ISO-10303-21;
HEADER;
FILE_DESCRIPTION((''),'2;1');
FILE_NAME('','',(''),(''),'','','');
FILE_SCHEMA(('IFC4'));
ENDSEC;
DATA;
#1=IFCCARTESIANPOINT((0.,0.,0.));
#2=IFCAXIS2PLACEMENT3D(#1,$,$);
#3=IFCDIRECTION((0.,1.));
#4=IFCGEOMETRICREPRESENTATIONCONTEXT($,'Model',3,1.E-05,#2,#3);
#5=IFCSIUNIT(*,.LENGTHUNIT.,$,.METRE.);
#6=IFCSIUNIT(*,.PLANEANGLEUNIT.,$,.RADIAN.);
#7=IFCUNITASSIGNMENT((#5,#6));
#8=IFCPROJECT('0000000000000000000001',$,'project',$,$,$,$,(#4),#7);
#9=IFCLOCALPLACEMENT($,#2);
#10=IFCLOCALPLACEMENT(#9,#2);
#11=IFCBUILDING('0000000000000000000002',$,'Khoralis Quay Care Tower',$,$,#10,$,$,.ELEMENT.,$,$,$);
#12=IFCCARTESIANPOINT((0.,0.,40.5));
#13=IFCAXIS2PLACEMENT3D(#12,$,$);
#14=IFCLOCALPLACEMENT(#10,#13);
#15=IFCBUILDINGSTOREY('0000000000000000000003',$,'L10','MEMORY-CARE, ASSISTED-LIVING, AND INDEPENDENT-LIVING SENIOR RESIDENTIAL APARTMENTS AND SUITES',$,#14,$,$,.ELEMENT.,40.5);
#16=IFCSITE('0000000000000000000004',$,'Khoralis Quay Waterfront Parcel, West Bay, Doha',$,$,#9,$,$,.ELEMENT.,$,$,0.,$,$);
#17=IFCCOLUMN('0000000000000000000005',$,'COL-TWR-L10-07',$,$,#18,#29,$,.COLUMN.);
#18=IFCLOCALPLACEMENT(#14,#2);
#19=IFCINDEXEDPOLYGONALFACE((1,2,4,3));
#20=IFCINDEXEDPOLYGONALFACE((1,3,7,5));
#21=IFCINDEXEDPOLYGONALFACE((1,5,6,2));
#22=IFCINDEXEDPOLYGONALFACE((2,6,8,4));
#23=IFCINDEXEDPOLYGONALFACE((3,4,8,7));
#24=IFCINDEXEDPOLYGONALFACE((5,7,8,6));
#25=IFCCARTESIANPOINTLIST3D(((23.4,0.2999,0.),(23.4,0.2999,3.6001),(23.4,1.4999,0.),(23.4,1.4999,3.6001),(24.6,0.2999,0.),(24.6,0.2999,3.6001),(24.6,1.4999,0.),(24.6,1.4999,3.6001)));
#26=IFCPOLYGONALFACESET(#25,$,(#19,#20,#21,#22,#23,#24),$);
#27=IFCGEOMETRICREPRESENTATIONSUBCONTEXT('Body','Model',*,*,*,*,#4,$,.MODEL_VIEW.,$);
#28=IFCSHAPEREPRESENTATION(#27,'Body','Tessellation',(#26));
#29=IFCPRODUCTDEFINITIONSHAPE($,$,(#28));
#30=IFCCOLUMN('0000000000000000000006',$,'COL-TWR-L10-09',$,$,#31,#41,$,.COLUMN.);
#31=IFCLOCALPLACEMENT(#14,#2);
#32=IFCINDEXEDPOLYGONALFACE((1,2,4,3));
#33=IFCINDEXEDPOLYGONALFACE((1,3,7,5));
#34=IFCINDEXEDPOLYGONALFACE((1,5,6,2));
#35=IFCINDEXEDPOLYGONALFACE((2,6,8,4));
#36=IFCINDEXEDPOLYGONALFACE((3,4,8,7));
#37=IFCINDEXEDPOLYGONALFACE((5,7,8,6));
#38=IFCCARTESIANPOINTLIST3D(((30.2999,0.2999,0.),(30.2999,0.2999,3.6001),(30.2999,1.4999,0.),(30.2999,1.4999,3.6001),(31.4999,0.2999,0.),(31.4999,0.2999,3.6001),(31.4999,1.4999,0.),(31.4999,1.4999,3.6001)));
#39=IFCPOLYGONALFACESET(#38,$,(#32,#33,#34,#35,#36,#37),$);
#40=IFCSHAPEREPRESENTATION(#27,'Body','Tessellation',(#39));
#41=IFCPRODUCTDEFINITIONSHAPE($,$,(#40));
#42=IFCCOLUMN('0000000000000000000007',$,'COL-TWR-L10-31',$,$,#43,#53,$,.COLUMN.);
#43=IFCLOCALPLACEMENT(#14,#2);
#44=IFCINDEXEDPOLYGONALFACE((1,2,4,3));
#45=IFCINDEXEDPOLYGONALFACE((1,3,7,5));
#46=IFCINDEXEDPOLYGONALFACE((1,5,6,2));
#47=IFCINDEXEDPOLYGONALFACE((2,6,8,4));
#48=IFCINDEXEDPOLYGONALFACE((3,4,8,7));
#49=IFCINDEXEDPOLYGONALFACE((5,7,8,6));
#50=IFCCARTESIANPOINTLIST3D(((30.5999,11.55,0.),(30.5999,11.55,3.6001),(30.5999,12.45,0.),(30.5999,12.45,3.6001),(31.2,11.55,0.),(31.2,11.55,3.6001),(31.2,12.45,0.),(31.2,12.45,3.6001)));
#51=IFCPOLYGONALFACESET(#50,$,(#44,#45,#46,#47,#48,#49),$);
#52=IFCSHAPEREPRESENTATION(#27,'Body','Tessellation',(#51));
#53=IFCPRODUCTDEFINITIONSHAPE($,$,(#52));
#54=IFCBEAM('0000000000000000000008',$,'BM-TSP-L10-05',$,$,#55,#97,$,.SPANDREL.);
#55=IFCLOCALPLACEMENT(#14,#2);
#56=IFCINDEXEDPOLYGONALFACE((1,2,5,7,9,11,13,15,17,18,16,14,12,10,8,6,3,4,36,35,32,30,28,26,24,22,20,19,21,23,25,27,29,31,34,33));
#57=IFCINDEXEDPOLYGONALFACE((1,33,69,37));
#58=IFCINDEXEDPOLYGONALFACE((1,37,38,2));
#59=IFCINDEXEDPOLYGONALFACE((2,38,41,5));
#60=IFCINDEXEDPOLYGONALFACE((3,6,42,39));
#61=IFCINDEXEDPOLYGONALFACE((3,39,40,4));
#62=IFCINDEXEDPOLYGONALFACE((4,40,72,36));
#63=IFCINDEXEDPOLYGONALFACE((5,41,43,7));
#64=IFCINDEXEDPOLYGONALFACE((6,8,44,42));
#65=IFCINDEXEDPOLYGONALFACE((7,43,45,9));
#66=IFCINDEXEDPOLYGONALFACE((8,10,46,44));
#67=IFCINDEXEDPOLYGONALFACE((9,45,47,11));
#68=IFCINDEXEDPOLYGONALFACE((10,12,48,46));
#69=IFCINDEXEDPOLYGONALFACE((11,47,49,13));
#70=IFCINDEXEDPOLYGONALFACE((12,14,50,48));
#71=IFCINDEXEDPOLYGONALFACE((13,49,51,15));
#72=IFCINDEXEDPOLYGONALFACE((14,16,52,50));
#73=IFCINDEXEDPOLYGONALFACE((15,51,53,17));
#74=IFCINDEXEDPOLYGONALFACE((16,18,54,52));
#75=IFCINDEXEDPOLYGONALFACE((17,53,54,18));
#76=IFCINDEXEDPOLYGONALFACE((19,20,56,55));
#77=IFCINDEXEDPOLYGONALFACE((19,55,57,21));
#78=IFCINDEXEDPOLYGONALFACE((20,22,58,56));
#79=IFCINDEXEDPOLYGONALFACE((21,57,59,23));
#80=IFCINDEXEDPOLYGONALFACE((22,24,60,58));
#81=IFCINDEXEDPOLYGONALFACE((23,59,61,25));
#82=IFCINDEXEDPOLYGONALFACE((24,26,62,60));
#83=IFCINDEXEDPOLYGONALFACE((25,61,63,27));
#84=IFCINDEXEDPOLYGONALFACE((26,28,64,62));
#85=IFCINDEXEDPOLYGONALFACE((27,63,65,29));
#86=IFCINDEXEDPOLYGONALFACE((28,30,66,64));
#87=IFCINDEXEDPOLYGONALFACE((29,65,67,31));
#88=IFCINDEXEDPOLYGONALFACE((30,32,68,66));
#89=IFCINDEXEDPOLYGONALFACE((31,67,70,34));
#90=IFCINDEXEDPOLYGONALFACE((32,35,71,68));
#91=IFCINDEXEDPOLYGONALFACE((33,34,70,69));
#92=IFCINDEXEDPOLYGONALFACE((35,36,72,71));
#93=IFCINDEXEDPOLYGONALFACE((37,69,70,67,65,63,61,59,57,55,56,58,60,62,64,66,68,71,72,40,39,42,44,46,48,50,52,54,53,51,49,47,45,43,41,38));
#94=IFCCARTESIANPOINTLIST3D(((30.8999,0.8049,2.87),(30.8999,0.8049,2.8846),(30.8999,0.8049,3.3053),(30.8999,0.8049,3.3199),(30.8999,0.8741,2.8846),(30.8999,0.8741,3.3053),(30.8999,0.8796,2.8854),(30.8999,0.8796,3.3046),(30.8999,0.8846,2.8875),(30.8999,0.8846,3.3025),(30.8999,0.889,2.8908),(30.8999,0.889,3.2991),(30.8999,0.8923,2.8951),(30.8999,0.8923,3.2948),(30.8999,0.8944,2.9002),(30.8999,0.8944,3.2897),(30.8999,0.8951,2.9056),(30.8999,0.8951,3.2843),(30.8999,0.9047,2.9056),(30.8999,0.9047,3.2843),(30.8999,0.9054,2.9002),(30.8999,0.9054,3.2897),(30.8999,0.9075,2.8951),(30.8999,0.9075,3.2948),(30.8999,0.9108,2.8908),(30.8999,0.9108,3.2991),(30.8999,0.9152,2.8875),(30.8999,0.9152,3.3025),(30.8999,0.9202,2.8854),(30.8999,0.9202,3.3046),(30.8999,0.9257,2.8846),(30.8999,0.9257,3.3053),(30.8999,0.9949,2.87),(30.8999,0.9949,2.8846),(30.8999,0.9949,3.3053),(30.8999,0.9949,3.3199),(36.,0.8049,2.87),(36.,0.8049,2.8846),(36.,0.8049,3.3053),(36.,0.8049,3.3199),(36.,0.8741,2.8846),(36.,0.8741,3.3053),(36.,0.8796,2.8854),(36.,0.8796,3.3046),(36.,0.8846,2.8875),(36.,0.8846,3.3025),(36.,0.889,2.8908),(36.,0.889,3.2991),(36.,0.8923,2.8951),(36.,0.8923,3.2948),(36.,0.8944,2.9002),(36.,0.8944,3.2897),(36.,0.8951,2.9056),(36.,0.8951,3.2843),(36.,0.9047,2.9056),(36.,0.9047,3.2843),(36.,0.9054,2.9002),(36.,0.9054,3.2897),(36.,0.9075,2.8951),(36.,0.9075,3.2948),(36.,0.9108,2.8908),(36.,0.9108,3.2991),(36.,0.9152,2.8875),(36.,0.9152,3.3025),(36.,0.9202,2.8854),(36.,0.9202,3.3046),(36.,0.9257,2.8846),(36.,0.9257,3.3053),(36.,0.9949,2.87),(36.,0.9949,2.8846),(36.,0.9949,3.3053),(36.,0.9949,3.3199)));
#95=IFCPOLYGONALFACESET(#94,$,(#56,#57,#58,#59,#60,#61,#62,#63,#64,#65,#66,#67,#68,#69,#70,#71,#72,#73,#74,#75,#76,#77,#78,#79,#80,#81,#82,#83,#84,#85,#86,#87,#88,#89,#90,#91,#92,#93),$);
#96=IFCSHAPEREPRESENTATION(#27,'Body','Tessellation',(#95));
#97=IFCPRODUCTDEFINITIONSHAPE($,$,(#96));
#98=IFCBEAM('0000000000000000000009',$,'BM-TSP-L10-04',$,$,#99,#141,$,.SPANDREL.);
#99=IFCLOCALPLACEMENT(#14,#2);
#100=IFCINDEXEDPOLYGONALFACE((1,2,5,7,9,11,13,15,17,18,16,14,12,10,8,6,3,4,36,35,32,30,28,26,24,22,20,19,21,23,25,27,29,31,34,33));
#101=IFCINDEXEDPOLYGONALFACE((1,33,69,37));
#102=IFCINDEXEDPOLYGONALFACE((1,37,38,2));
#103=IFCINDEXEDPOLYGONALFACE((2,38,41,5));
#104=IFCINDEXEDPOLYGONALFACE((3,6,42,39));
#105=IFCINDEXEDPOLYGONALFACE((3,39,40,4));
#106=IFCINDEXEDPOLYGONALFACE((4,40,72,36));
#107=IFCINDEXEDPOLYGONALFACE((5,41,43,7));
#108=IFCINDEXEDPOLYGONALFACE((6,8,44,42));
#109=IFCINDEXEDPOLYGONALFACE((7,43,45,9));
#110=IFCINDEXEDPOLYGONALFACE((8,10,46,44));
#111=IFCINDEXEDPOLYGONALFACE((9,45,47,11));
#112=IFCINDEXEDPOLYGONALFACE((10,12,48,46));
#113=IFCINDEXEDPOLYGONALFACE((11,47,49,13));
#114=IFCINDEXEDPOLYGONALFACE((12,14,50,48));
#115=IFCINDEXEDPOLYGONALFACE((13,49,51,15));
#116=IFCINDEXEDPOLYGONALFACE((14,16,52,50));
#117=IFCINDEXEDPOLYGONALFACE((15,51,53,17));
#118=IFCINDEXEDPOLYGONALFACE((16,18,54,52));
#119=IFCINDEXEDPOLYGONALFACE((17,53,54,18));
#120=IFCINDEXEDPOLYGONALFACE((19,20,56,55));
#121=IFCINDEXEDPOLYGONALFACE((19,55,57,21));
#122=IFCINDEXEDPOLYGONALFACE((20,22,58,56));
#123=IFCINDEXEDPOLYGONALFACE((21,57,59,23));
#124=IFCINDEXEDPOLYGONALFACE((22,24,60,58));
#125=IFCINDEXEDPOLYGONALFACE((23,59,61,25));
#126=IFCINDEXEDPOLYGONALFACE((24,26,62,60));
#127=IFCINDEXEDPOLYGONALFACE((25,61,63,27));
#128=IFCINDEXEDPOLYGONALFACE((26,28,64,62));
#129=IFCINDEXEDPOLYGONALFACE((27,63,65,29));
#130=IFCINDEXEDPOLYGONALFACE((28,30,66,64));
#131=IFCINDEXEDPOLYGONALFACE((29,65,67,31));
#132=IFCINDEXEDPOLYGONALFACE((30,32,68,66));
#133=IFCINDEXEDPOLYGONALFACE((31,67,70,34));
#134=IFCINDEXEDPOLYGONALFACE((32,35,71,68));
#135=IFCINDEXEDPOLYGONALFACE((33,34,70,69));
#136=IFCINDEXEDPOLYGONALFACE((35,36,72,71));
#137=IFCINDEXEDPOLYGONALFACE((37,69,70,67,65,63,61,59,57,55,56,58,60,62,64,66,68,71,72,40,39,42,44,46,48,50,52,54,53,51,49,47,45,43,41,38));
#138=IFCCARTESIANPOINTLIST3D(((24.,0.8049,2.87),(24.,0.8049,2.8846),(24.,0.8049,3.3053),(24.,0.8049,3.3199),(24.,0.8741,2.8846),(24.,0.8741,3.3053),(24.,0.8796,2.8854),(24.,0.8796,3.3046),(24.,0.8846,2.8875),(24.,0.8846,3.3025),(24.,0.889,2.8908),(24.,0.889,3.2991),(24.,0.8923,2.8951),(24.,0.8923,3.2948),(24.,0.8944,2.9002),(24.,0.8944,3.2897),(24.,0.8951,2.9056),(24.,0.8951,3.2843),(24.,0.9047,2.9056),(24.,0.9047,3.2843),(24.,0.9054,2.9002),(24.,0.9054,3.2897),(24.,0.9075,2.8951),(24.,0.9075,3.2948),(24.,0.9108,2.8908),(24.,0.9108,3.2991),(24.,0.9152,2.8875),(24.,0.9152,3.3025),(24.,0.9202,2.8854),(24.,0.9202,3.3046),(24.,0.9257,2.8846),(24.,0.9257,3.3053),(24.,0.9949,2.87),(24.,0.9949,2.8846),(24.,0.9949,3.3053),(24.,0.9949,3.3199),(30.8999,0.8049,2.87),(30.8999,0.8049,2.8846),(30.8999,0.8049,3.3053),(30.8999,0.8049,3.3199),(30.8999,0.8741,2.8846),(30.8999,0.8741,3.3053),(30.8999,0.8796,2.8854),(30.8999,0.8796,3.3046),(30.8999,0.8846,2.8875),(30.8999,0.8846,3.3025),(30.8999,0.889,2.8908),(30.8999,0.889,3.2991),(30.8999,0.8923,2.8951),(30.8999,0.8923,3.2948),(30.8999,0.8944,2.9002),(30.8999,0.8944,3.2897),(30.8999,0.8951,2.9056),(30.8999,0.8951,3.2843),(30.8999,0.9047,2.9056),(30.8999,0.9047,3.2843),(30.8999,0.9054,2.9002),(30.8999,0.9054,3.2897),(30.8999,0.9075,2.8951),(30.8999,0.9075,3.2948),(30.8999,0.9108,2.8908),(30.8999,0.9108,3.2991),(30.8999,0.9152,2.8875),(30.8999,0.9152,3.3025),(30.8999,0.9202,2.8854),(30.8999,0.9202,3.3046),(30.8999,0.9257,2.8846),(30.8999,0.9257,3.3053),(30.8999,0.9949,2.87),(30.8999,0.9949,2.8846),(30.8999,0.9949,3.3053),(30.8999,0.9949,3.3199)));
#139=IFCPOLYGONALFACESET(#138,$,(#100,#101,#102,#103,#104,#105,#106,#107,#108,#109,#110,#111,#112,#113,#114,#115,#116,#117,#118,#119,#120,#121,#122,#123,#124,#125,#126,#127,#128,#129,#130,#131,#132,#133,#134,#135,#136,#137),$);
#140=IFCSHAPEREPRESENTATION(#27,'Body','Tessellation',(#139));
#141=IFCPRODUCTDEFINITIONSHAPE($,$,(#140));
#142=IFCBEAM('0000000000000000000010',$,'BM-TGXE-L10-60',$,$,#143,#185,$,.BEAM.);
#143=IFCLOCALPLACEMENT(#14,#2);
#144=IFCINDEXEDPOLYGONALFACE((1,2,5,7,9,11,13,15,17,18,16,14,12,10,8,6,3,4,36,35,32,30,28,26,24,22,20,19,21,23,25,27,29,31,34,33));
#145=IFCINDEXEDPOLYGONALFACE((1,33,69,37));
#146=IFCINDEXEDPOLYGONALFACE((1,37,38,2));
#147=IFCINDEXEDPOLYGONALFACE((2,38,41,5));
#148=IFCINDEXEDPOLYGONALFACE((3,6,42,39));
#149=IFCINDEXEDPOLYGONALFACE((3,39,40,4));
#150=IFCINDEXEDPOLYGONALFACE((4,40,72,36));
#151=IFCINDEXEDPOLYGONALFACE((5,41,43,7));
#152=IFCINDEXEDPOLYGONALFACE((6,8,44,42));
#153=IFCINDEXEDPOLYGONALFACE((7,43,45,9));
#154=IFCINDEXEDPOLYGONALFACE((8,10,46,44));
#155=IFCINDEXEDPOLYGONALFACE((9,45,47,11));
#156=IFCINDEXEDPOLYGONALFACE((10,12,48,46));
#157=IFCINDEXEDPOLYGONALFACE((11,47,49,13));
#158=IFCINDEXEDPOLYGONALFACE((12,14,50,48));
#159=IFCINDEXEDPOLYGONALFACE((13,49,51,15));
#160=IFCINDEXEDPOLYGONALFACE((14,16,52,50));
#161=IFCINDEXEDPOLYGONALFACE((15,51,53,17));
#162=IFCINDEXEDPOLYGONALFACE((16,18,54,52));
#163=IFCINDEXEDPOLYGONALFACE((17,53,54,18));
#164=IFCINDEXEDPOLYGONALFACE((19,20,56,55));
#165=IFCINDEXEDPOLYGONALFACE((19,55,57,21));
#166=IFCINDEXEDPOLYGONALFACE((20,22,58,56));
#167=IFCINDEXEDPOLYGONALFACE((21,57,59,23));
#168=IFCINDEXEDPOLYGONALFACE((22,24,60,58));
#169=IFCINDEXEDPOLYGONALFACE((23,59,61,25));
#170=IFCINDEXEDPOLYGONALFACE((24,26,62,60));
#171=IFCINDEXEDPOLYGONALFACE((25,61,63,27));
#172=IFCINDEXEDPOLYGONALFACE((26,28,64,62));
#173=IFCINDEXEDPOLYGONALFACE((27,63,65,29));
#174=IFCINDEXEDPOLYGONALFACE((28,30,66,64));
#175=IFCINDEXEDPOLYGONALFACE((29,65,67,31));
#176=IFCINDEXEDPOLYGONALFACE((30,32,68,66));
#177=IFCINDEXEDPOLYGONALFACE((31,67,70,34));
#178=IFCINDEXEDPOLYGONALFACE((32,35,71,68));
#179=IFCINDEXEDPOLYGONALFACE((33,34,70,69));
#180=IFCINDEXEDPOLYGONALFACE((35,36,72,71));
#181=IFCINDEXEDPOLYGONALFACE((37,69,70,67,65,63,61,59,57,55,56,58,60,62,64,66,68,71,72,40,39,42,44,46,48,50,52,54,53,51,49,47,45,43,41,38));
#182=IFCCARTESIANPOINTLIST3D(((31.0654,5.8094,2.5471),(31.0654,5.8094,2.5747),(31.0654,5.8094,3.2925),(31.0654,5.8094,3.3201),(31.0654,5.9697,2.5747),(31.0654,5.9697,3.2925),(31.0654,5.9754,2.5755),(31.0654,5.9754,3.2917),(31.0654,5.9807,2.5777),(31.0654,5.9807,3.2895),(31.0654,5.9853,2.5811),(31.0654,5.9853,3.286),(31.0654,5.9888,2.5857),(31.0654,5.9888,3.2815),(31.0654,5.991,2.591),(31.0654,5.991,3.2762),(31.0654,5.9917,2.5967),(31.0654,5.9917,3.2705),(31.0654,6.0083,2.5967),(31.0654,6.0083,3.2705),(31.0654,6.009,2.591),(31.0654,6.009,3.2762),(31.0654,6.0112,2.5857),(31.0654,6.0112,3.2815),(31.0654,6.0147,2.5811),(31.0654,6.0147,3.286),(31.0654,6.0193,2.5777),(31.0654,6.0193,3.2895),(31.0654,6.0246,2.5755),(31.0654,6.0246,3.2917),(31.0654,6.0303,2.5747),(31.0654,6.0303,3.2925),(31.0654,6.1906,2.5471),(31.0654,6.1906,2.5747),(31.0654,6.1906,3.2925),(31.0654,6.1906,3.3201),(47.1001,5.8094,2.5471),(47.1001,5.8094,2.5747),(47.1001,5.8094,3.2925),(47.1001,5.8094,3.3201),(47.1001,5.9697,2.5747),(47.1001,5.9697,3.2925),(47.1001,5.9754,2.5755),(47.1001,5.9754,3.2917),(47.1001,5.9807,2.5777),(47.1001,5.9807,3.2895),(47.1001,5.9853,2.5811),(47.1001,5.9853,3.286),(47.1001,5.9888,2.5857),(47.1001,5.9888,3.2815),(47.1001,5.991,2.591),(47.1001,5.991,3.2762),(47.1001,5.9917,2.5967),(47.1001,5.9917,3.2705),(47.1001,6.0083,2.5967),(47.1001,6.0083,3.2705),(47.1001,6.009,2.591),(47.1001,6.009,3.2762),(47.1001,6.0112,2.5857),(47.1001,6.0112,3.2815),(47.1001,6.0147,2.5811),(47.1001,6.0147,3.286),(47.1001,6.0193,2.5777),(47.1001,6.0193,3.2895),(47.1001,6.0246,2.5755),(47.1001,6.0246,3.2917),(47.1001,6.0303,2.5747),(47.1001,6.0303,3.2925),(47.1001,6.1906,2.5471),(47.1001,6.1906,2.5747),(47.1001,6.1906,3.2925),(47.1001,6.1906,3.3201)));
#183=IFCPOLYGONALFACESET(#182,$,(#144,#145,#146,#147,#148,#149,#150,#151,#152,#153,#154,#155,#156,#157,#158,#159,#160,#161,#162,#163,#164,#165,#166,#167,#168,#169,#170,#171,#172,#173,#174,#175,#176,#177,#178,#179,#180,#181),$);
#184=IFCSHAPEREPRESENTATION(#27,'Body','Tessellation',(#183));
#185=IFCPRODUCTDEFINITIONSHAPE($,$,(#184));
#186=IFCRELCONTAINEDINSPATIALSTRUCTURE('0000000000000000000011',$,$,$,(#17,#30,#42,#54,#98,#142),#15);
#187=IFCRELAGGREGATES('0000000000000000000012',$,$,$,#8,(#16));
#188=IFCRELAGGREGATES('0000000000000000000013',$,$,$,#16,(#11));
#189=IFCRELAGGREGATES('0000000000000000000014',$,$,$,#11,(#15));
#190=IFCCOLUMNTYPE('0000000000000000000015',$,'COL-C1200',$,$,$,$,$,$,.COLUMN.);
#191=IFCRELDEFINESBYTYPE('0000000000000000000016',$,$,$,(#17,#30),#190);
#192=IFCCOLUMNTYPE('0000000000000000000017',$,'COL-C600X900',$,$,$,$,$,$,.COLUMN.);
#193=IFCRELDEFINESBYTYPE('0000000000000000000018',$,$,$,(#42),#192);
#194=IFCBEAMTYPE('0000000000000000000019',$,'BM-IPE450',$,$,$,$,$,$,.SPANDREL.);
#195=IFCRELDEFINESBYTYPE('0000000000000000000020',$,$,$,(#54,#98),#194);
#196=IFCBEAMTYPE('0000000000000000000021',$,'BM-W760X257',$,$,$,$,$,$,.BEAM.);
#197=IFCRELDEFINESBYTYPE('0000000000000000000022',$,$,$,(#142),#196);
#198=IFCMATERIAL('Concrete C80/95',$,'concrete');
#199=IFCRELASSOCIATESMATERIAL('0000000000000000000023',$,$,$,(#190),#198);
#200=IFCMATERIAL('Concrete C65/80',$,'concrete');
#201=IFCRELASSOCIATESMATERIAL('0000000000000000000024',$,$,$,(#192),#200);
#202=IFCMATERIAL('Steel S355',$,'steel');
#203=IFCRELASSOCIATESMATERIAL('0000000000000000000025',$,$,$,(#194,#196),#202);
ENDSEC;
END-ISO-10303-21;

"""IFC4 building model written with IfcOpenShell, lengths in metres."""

from ifc_helpers import new_model, si_unit, direction, frame, origin, origin_2d, place, context, subcontext, project, spatial, rectangle, i_section, extrude, source, transform, mapped, material, material_profile, profile_set, type_object, element, save


model = new_model("IFC4")

# Units and contexts
model_context = context("Model", 3, precision=1e-05, world=origin(), true_north=direction((0.0, 1.0)))
body_context = subcontext(model_context, "Body", "Model", "MODEL_VIEW")
ifc_project = project(units=[si_unit("LENGTHUNIT", "METRE"), si_unit("PLANEANGLEUNIT", "RADIAN")], contexts=[model_context])

# Site, building, storey
site_placement = place(None, origin())
site = spatial("IfcSite", under=ifc_project, at=site_placement, Name="Khoralis Quay Waterfront Parcel, West Bay, Doha", CompositionType="ELEMENT", RefElevation=0.0)
building_placement = place(site_placement, origin())
building = spatial("IfcBuilding", under=site, at=building_placement, Name="Khoralis Quay Care Tower", CompositionType="ELEMENT")
storey_placement = place(building_placement, frame((0.0, 0.0, 40.5)))
storey = spatial("IfcBuildingStorey", under=building, at=storey_placement, Name="L10", Description="MEMORY-CARE, ASSISTED-LIVING, AND INDEPENDENT-LIVING SENIOR RESIDENTIAL APARTMENTS AND SUITES", CompositionType="ELEMENT", Elevation=40.5)

# Columns
ifc_material_1 = material(Name="Concrete C80/95", Category="concrete")
ifc_material_profile_1 = material_profile(ifc_material_1, rectangle(XDim=1.2, YDim=1.2, at=origin_2d()), Name="Concrete C80/95")
ifc_profile_set_1 = profile_set([ifc_material_profile_1], Name="Concrete C80/95")
column_type_1 = type_object("IfcColumnType", Name="COL-C1200", PredefinedType="COLUMN", material=ifc_profile_set_1)
shared_shape_1 = source(origin(), body_context, "Body", "SweptSolid", [
    extrude(rectangle(XDim=1.2, YDim=1.2, at=origin_2d()), origin(), (0.0, 0.0, 1.0), 3.6001),
])
for number, where, z_axis, x_axis, name in (
    (1, (24.0, 0.8999, 0.0), (0.0, 0.0, 1.0), (1.0, 0.0, 0.0), "COL-TWR-L10-07"),
    (2, (30.8999, 0.8999, 0.0), (0.0, 0.0, 1.0), (1.0, 0.0, 0.0), "COL-TWR-L10-09"),
):
    element("IfcColumn", number, at=place(storey_placement, frame(where, z_axis=z_axis, x_axis=x_axis)), inside=storey, type_object=column_type_1, Name=name, PredefinedType="COLUMN", context=body_context, shape_type="MappedRepresentation", body=[
        mapped(shared_shape_1, transform((0.0, 0.0, 0.0), scale=1.0)),
    ])
ifc_material_2 = material(Name="Concrete C65/80", Category="concrete")
ifc_material_profile_2 = material_profile(ifc_material_2, rectangle(XDim=0.6001, YDim=0.8999, at=origin_2d()), Name="Concrete C65/80")
ifc_profile_set_2 = profile_set([ifc_material_profile_2], Name="Concrete C65/80")
column_type_2 = type_object("IfcColumnType", Name="COL-C600X900", PredefinedType="COLUMN", material=ifc_profile_set_2)
shared_shape_2 = source(origin(), body_context, "Body", "SweptSolid", [
    extrude(rectangle(XDim=0.6001, YDim=0.8999, at=origin_2d()), origin(), (0.0, 0.0, 1.0), 3.6001),
])
column_placement = place(storey_placement, frame((30.8999, 12.0, 0.0), z_axis=(0.0, 0.0, 1.0), x_axis=(1.0, 0.0, 0.0)))
element("IfcColumn", 3, at=column_placement, inside=storey, type_object=column_type_2, Name="COL-TWR-L10-31", PredefinedType="COLUMN", context=body_context, shape_type="MappedRepresentation", body=[
    mapped(shared_shape_2, transform((0.0, 0.0, 0.0), scale=1.0)),
])

# Beams
ifc_material_3 = material(Name="Steel S355", Category="steel")
ifc_material_profile_3 = material_profile(ifc_material_3, i_section(OverallWidth=0.1899, OverallDepth=0.45, WebThickness=0.0095, FlangeThickness=0.0146, FilletRadius=0.021, at=origin_2d()), Name="Steel S355")
ifc_profile_set_3 = profile_set([ifc_material_profile_3], Name="Steel S355")
beam_type_1 = type_object("IfcBeamType", Name="BM-IPE450", PredefinedType="SPANDREL", material=ifc_profile_set_3)
shared_shape_3 = source(origin(), body_context, "Body", "SweptSolid", [
    extrude(i_section(OverallWidth=0.1899, OverallDepth=0.45, WebThickness=0.0095, FlangeThickness=0.0146, FilletRadius=0.021, at=origin_2d()), origin(), (0.0, 0.0, 1.0), 5.1001),
])
beam_1_placement = place(storey_placement, frame((30.8999, 0.8999, 3.095), z_axis=(1.0, 0.0, 0.0), x_axis=(0.0, 1.0, 0.0)))
element("IfcBeam", 4, at=beam_1_placement, inside=storey, type_object=beam_type_1, Name="BM-TSP-L10-05", PredefinedType="SPANDREL", context=body_context, shape_type="MappedRepresentation", body=[
    mapped(shared_shape_3, transform((0.0, 0.0, 0.0), scale=1.0)),
])
shared_shape_4 = source(origin(), body_context, "Body", "SweptSolid", [
    extrude(i_section(OverallWidth=0.1899, OverallDepth=0.45, WebThickness=0.0095, FlangeThickness=0.0146, FilletRadius=0.021, at=origin_2d()), origin(), (0.0, 0.0, 1.0), 6.8999),
])
beam_2_placement = place(storey_placement, frame((24.0, 0.8999, 3.095), z_axis=(1.0, 0.0, 0.0), x_axis=(0.0, 1.0, 0.0)))
element("IfcBeam", 5, at=beam_2_placement, inside=storey, type_object=beam_type_1, Name="BM-TSP-L10-04", PredefinedType="SPANDREL", context=body_context, shape_type="MappedRepresentation", body=[
    mapped(shared_shape_4, transform((0.0, 0.0, 0.0), scale=1.0)),
])
ifc_material_profile_4 = material_profile(ifc_material_3, i_section(OverallWidth=0.3811, OverallDepth=0.7729, WebThickness=0.0166, FlangeThickness=0.0276, FilletRadius=0.022, at=origin_2d()), Name="Steel S355")
ifc_profile_set_4 = profile_set([ifc_material_profile_4], Name="Steel S355")
beam_type_2 = type_object("IfcBeamType", Name="BM-W760X257", PredefinedType="BEAM", material=ifc_profile_set_4)
shared_shape_5 = source(origin(), body_context, "Body", "SweptSolid", [
    extrude(i_section(OverallWidth=0.3811, OverallDepth=0.7729, WebThickness=0.0166, FlangeThickness=0.0276, FilletRadius=0.022, at=origin_2d()), origin(), (0.0, 0.0, 1.0), 16.0347),
])
beam_3_placement = place(storey_placement, frame((31.0654, 6.0, 2.9336), z_axis=(1.0, 0.0, 0.0), x_axis=(0.0, 1.0, 0.0)))
element("IfcBeam", 6, at=beam_3_placement, inside=storey, type_object=beam_type_2, Name="BM-TGXE-L10-60", PredefinedType="BEAM", context=body_context, shape_type="MappedRepresentation", body=[
    mapped(shared_shape_5, transform((0.0, 0.0, 0.0), scale=1.0)),
])

save(model, "model.ifc")
